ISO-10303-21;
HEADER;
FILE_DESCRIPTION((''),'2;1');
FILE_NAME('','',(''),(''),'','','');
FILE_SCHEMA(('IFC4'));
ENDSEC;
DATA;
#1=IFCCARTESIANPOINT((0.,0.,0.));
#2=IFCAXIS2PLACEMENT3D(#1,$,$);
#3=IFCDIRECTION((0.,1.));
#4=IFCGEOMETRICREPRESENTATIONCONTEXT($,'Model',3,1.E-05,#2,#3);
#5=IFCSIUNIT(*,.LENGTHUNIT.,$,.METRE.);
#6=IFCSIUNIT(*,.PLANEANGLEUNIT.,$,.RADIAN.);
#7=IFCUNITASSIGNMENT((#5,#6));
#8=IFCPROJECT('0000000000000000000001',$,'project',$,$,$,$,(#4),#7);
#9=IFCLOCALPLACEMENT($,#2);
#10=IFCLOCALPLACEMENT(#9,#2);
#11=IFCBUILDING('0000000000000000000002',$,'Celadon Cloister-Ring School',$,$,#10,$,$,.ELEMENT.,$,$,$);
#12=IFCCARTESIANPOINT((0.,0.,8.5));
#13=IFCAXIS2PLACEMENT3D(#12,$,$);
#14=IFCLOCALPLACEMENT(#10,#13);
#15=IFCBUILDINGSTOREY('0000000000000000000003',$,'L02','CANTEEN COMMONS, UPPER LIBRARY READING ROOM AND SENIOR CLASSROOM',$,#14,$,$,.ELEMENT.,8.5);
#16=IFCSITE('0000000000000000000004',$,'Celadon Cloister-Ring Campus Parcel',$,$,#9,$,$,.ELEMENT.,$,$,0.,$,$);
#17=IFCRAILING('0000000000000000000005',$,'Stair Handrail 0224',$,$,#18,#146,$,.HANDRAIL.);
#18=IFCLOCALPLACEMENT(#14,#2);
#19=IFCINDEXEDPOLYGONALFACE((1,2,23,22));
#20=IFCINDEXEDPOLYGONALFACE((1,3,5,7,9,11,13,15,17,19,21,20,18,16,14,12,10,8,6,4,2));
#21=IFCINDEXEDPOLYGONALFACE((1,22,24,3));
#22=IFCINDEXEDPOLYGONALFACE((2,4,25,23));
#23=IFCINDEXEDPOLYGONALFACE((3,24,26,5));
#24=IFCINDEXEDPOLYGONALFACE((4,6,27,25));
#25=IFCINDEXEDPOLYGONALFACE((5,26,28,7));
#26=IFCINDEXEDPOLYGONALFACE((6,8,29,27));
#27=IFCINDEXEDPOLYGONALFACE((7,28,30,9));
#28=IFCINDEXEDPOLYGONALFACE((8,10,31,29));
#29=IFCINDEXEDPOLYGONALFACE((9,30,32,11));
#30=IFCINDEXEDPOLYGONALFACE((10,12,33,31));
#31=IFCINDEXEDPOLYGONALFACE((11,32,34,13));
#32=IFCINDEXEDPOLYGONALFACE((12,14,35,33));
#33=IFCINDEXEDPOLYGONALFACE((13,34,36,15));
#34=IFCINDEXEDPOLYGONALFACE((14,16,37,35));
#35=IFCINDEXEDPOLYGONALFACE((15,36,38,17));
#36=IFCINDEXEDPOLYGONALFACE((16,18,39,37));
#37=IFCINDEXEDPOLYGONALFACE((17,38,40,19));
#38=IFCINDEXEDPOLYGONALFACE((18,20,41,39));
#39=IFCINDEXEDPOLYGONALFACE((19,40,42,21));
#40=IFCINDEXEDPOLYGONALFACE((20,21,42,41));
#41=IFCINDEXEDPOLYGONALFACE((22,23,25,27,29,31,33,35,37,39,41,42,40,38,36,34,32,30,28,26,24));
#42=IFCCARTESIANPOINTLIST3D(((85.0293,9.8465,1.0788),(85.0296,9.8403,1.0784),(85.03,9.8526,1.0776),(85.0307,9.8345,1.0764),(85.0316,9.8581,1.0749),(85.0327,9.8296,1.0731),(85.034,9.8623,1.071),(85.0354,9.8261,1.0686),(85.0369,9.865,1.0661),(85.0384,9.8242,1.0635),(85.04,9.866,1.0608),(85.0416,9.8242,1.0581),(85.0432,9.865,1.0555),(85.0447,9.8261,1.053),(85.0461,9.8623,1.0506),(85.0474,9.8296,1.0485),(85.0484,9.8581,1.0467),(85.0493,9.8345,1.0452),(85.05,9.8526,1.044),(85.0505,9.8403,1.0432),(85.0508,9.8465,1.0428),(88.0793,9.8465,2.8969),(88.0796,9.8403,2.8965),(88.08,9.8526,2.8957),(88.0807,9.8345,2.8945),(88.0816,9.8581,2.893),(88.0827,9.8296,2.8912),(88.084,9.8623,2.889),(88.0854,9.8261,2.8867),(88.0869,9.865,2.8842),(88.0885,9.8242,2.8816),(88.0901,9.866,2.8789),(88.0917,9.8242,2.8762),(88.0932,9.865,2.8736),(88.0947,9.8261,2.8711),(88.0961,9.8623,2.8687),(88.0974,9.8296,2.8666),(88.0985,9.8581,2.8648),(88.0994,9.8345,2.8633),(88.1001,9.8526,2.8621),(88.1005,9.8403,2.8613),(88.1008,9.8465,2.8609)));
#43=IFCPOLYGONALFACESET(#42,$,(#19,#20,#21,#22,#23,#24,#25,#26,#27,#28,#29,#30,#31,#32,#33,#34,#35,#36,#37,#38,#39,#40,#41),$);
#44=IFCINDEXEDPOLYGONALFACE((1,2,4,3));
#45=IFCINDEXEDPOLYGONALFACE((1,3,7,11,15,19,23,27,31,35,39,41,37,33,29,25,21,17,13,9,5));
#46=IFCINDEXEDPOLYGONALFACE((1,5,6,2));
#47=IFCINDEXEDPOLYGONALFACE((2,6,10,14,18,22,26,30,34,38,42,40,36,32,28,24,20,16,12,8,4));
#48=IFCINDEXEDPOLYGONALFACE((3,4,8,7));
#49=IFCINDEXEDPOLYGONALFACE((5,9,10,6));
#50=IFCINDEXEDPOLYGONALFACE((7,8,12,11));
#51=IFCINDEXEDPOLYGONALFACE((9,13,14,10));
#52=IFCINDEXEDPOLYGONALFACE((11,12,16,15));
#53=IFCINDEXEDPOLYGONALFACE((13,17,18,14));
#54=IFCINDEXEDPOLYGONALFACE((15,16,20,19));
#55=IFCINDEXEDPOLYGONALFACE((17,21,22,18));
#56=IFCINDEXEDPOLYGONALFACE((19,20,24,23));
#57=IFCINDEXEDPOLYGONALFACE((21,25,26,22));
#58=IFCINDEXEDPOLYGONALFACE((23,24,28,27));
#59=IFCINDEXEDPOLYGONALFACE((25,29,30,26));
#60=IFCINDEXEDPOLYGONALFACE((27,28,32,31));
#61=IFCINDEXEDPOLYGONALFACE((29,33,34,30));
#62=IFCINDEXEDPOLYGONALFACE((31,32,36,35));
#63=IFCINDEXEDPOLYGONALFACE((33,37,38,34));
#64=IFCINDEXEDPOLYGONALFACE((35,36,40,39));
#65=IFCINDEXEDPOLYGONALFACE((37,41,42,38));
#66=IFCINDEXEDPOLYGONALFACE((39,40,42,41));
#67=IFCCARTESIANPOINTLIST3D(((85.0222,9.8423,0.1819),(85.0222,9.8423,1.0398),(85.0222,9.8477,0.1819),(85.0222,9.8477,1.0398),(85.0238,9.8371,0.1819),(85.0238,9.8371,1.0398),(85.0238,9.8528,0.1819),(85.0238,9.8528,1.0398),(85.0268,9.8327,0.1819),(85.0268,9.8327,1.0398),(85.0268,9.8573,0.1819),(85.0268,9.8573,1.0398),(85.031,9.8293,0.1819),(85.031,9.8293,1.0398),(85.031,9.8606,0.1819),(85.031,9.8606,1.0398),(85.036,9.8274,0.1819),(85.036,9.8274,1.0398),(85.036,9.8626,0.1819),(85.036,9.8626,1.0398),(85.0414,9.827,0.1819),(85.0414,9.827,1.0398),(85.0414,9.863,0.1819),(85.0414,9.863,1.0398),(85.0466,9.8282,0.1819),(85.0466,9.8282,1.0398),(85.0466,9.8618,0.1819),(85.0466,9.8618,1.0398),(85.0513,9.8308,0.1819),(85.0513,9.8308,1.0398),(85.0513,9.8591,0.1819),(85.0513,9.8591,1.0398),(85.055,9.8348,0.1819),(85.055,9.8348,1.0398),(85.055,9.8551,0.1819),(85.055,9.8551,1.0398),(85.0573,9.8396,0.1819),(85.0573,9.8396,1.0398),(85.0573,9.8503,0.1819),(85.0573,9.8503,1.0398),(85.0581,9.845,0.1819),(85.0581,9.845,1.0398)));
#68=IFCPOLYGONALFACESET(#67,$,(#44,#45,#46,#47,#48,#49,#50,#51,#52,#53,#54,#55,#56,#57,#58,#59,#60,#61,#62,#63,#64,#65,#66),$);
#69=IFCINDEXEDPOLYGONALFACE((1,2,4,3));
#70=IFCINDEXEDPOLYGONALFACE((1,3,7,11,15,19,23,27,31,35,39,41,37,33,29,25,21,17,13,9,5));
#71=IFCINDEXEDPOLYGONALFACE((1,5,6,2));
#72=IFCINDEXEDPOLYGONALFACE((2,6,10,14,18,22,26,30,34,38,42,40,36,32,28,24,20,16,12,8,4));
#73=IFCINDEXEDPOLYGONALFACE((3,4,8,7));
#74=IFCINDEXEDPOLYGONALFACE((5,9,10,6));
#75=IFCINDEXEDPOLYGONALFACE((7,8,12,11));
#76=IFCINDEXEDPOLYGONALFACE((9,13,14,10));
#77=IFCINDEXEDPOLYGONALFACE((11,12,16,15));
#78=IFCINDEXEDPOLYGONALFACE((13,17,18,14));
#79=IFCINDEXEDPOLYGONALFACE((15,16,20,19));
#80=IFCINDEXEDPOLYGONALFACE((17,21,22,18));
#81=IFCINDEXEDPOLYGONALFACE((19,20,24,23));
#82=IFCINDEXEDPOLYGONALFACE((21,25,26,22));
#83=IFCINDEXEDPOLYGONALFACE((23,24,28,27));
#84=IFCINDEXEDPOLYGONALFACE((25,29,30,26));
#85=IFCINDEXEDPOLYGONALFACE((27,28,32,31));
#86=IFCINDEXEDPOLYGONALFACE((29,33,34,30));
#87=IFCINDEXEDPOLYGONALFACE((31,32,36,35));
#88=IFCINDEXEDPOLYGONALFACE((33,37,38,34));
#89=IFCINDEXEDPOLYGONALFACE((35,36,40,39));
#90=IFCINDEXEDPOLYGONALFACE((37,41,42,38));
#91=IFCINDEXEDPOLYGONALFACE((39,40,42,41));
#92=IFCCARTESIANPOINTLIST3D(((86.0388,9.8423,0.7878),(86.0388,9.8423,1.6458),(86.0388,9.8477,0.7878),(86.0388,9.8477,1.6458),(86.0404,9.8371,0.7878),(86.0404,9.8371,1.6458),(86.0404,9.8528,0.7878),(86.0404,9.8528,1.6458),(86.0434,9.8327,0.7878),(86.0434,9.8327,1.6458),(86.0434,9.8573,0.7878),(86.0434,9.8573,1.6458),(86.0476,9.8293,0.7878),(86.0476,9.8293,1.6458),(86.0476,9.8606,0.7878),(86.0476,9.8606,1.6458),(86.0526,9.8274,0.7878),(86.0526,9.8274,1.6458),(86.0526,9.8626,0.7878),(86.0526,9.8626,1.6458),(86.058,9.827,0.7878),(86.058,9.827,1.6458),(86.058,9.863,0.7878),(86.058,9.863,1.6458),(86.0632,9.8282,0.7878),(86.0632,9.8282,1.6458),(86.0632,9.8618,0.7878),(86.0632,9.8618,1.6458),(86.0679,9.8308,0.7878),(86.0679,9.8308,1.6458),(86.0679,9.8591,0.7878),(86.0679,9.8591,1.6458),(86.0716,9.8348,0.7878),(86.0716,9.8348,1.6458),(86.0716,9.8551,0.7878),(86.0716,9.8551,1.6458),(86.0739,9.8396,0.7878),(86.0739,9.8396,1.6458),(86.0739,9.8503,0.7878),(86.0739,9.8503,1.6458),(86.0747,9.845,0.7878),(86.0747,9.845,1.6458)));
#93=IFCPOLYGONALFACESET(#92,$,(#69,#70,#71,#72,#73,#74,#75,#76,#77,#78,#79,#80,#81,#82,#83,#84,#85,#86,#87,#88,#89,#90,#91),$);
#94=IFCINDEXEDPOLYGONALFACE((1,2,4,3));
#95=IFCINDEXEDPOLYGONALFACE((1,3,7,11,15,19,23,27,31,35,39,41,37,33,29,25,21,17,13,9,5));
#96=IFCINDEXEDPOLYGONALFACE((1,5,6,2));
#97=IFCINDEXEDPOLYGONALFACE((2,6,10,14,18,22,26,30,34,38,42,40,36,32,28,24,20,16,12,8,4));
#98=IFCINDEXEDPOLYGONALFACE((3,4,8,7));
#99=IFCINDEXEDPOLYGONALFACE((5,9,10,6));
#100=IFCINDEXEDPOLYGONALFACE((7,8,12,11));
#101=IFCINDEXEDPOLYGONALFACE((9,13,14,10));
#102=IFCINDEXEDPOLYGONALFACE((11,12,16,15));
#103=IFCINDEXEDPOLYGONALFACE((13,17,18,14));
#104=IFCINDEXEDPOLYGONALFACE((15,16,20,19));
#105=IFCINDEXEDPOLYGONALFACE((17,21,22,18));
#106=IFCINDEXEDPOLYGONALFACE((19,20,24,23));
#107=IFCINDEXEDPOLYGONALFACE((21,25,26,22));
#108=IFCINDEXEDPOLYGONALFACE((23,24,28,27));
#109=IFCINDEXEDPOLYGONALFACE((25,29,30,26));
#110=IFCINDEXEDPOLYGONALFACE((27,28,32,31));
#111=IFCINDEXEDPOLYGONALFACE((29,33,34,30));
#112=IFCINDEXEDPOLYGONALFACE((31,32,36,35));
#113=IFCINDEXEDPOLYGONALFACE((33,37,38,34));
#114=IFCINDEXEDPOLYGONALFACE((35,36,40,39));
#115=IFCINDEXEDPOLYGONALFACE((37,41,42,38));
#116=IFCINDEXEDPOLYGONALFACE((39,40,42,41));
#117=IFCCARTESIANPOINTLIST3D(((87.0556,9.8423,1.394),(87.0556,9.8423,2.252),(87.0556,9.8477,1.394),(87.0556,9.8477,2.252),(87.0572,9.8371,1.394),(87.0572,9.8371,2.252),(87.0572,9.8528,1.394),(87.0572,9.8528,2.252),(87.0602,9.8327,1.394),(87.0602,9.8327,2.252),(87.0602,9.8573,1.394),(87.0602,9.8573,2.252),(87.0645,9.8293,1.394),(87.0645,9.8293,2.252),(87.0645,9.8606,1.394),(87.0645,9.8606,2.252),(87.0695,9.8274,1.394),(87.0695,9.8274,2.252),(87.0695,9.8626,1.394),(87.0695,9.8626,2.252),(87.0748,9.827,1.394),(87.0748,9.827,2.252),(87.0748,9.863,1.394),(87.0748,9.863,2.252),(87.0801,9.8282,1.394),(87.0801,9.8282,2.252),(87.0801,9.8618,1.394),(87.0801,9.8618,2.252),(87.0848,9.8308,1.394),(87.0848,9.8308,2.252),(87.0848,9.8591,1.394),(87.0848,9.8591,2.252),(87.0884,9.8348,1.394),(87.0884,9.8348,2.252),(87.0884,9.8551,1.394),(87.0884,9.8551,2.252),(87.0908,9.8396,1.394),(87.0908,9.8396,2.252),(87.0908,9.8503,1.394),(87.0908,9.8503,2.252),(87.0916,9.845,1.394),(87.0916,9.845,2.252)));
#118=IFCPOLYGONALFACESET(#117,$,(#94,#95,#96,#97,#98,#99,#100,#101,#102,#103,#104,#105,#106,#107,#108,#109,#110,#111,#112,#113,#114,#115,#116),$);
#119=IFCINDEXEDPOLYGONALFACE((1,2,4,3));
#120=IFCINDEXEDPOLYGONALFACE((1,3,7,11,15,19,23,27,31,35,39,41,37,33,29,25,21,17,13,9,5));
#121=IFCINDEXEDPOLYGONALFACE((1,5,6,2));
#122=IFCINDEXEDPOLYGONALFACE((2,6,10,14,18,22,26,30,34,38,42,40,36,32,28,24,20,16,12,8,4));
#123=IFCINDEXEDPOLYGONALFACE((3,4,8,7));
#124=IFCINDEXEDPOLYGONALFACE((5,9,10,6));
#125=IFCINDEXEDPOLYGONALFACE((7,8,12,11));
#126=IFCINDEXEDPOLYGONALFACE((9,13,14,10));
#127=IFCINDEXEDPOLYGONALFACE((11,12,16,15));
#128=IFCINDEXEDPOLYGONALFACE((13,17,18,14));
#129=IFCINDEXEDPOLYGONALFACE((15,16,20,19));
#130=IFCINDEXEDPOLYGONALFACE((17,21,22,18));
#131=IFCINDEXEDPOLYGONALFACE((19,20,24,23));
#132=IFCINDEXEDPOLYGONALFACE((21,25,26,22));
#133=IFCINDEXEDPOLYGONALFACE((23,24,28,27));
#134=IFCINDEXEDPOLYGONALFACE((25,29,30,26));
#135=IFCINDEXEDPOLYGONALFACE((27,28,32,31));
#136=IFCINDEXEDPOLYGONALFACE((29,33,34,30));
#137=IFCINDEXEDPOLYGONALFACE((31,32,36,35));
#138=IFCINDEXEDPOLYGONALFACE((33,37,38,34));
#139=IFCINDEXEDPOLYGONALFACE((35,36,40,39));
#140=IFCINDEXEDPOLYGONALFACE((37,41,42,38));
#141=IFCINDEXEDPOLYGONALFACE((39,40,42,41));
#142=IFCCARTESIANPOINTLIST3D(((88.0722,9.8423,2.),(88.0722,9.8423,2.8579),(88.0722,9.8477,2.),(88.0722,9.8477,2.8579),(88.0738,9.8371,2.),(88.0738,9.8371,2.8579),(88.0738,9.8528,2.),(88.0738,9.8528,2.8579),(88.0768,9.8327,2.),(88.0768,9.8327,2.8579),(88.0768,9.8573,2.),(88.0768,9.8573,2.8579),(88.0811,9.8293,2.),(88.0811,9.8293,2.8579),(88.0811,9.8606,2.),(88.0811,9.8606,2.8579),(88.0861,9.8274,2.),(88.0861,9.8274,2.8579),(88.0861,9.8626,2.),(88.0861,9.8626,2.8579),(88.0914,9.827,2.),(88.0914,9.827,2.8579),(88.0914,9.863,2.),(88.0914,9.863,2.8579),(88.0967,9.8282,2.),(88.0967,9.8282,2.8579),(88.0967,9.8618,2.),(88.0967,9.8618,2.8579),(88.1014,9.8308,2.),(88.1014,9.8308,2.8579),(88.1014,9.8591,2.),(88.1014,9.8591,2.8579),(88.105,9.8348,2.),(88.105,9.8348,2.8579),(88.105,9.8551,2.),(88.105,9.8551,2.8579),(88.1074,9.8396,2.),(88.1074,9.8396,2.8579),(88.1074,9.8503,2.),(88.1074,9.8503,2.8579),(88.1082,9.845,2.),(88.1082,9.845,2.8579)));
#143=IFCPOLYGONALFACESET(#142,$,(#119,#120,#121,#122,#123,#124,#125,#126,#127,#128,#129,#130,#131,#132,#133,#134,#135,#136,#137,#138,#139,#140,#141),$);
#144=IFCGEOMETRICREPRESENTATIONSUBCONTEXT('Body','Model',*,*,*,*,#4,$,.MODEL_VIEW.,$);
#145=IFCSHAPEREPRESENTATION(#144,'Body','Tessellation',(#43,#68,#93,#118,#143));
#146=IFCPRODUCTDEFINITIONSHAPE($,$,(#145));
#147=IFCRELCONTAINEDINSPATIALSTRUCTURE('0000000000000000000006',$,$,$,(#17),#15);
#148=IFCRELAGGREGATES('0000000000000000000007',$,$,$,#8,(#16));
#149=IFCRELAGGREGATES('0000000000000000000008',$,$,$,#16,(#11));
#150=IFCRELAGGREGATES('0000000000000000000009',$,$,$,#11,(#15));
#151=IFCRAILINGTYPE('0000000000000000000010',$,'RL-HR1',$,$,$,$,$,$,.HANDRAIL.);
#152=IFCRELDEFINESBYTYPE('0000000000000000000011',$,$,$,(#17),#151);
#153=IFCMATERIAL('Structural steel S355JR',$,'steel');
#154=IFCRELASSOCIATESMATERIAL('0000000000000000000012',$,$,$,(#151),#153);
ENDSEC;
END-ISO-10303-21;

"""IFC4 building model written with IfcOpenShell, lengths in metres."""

from ifc_helpers import new_model, si_unit, direction, frame, origin, origin_2d, place, context, subcontext, project, spatial, circle, extrude, material, type_object, element, save


model = new_model("IFC4")

# Units and contexts
model_context = context("Model", 3, precision=1e-05, world=origin(), true_north=direction((0.0, 1.0)))
body_context = subcontext(model_context, "Body", "Model", "MODEL_VIEW")
ifc_project = project(units=[si_unit("LENGTHUNIT", "METRE"), si_unit("PLANEANGLEUNIT", "RADIAN")], contexts=[model_context])

# Site, building, storey
site_placement = place(None, origin())
site = spatial("IfcSite", under=ifc_project, at=site_placement, Name="Celadon Cloister-Ring Campus Parcel", CompositionType="ELEMENT", RefElevation=0.0)
building_placement = place(site_placement, origin())
building = spatial("IfcBuilding", under=site, at=building_placement, Name="Celadon Cloister-Ring School", CompositionType="ELEMENT")
storey_placement = place(building_placement, frame((0.0, 0.0, 8.5)))
storey = spatial("IfcBuildingStorey", under=building, at=storey_placement, Name="L02", Description="CANTEEN COMMONS, UPPER LIBRARY READING ROOM AND SENIOR CLASSROOM", CompositionType="ELEMENT", Elevation=8.5)

# Railing
ifc_material_1 = material(Name="Structural steel S355JR", Category="steel")
railing_type_1 = type_object("IfcRailingType", Name="RL-HR1", PredefinedType="HANDRAIL", material=ifc_material_1)
for number, where, name in (
    (1, (85.04, 9.845, 0.1819), "Stair Handrail 0224"),
):
    element("IfcRailing", number, at=place(storey_placement, frame(where)), inside=storey, type_object=railing_type_1, Name=name, PredefinedType="HANDRAIL", context=body_context, shape_type="SweptSolid", body=[
        extrude(circle(Radius=0.021, at=origin_2d()), frame((0.0, 0.0, 0.8789), z_axis=(0.85897, 0.0, 0.512026), x_axis=(0.0, 1.0, 0.0)), (0.0, 0.0, 1.0), 3.5508),
        extrude(circle(Radius=0.0181, at=origin_2d()), origin(), (0.0, 0.0, 1.0), 0.8579),
        extrude(circle(Radius=0.0181, at=origin_2d()), frame((1.0166, 0.0, 0.606)), (0.0, 0.0, 1.0), 0.8579),
        extrude(circle(Radius=0.0181, at=origin_2d()), frame((2.0334, 0.0, 1.2122)), (0.0, 0.0, 1.0), 0.8579),
        extrude(circle(Radius=0.0181, at=origin_2d()), frame((3.05, 0.0, 1.8181)), (0.0, 0.0, 1.0), 0.8579),
    ])

save(model, "model.ifc")
